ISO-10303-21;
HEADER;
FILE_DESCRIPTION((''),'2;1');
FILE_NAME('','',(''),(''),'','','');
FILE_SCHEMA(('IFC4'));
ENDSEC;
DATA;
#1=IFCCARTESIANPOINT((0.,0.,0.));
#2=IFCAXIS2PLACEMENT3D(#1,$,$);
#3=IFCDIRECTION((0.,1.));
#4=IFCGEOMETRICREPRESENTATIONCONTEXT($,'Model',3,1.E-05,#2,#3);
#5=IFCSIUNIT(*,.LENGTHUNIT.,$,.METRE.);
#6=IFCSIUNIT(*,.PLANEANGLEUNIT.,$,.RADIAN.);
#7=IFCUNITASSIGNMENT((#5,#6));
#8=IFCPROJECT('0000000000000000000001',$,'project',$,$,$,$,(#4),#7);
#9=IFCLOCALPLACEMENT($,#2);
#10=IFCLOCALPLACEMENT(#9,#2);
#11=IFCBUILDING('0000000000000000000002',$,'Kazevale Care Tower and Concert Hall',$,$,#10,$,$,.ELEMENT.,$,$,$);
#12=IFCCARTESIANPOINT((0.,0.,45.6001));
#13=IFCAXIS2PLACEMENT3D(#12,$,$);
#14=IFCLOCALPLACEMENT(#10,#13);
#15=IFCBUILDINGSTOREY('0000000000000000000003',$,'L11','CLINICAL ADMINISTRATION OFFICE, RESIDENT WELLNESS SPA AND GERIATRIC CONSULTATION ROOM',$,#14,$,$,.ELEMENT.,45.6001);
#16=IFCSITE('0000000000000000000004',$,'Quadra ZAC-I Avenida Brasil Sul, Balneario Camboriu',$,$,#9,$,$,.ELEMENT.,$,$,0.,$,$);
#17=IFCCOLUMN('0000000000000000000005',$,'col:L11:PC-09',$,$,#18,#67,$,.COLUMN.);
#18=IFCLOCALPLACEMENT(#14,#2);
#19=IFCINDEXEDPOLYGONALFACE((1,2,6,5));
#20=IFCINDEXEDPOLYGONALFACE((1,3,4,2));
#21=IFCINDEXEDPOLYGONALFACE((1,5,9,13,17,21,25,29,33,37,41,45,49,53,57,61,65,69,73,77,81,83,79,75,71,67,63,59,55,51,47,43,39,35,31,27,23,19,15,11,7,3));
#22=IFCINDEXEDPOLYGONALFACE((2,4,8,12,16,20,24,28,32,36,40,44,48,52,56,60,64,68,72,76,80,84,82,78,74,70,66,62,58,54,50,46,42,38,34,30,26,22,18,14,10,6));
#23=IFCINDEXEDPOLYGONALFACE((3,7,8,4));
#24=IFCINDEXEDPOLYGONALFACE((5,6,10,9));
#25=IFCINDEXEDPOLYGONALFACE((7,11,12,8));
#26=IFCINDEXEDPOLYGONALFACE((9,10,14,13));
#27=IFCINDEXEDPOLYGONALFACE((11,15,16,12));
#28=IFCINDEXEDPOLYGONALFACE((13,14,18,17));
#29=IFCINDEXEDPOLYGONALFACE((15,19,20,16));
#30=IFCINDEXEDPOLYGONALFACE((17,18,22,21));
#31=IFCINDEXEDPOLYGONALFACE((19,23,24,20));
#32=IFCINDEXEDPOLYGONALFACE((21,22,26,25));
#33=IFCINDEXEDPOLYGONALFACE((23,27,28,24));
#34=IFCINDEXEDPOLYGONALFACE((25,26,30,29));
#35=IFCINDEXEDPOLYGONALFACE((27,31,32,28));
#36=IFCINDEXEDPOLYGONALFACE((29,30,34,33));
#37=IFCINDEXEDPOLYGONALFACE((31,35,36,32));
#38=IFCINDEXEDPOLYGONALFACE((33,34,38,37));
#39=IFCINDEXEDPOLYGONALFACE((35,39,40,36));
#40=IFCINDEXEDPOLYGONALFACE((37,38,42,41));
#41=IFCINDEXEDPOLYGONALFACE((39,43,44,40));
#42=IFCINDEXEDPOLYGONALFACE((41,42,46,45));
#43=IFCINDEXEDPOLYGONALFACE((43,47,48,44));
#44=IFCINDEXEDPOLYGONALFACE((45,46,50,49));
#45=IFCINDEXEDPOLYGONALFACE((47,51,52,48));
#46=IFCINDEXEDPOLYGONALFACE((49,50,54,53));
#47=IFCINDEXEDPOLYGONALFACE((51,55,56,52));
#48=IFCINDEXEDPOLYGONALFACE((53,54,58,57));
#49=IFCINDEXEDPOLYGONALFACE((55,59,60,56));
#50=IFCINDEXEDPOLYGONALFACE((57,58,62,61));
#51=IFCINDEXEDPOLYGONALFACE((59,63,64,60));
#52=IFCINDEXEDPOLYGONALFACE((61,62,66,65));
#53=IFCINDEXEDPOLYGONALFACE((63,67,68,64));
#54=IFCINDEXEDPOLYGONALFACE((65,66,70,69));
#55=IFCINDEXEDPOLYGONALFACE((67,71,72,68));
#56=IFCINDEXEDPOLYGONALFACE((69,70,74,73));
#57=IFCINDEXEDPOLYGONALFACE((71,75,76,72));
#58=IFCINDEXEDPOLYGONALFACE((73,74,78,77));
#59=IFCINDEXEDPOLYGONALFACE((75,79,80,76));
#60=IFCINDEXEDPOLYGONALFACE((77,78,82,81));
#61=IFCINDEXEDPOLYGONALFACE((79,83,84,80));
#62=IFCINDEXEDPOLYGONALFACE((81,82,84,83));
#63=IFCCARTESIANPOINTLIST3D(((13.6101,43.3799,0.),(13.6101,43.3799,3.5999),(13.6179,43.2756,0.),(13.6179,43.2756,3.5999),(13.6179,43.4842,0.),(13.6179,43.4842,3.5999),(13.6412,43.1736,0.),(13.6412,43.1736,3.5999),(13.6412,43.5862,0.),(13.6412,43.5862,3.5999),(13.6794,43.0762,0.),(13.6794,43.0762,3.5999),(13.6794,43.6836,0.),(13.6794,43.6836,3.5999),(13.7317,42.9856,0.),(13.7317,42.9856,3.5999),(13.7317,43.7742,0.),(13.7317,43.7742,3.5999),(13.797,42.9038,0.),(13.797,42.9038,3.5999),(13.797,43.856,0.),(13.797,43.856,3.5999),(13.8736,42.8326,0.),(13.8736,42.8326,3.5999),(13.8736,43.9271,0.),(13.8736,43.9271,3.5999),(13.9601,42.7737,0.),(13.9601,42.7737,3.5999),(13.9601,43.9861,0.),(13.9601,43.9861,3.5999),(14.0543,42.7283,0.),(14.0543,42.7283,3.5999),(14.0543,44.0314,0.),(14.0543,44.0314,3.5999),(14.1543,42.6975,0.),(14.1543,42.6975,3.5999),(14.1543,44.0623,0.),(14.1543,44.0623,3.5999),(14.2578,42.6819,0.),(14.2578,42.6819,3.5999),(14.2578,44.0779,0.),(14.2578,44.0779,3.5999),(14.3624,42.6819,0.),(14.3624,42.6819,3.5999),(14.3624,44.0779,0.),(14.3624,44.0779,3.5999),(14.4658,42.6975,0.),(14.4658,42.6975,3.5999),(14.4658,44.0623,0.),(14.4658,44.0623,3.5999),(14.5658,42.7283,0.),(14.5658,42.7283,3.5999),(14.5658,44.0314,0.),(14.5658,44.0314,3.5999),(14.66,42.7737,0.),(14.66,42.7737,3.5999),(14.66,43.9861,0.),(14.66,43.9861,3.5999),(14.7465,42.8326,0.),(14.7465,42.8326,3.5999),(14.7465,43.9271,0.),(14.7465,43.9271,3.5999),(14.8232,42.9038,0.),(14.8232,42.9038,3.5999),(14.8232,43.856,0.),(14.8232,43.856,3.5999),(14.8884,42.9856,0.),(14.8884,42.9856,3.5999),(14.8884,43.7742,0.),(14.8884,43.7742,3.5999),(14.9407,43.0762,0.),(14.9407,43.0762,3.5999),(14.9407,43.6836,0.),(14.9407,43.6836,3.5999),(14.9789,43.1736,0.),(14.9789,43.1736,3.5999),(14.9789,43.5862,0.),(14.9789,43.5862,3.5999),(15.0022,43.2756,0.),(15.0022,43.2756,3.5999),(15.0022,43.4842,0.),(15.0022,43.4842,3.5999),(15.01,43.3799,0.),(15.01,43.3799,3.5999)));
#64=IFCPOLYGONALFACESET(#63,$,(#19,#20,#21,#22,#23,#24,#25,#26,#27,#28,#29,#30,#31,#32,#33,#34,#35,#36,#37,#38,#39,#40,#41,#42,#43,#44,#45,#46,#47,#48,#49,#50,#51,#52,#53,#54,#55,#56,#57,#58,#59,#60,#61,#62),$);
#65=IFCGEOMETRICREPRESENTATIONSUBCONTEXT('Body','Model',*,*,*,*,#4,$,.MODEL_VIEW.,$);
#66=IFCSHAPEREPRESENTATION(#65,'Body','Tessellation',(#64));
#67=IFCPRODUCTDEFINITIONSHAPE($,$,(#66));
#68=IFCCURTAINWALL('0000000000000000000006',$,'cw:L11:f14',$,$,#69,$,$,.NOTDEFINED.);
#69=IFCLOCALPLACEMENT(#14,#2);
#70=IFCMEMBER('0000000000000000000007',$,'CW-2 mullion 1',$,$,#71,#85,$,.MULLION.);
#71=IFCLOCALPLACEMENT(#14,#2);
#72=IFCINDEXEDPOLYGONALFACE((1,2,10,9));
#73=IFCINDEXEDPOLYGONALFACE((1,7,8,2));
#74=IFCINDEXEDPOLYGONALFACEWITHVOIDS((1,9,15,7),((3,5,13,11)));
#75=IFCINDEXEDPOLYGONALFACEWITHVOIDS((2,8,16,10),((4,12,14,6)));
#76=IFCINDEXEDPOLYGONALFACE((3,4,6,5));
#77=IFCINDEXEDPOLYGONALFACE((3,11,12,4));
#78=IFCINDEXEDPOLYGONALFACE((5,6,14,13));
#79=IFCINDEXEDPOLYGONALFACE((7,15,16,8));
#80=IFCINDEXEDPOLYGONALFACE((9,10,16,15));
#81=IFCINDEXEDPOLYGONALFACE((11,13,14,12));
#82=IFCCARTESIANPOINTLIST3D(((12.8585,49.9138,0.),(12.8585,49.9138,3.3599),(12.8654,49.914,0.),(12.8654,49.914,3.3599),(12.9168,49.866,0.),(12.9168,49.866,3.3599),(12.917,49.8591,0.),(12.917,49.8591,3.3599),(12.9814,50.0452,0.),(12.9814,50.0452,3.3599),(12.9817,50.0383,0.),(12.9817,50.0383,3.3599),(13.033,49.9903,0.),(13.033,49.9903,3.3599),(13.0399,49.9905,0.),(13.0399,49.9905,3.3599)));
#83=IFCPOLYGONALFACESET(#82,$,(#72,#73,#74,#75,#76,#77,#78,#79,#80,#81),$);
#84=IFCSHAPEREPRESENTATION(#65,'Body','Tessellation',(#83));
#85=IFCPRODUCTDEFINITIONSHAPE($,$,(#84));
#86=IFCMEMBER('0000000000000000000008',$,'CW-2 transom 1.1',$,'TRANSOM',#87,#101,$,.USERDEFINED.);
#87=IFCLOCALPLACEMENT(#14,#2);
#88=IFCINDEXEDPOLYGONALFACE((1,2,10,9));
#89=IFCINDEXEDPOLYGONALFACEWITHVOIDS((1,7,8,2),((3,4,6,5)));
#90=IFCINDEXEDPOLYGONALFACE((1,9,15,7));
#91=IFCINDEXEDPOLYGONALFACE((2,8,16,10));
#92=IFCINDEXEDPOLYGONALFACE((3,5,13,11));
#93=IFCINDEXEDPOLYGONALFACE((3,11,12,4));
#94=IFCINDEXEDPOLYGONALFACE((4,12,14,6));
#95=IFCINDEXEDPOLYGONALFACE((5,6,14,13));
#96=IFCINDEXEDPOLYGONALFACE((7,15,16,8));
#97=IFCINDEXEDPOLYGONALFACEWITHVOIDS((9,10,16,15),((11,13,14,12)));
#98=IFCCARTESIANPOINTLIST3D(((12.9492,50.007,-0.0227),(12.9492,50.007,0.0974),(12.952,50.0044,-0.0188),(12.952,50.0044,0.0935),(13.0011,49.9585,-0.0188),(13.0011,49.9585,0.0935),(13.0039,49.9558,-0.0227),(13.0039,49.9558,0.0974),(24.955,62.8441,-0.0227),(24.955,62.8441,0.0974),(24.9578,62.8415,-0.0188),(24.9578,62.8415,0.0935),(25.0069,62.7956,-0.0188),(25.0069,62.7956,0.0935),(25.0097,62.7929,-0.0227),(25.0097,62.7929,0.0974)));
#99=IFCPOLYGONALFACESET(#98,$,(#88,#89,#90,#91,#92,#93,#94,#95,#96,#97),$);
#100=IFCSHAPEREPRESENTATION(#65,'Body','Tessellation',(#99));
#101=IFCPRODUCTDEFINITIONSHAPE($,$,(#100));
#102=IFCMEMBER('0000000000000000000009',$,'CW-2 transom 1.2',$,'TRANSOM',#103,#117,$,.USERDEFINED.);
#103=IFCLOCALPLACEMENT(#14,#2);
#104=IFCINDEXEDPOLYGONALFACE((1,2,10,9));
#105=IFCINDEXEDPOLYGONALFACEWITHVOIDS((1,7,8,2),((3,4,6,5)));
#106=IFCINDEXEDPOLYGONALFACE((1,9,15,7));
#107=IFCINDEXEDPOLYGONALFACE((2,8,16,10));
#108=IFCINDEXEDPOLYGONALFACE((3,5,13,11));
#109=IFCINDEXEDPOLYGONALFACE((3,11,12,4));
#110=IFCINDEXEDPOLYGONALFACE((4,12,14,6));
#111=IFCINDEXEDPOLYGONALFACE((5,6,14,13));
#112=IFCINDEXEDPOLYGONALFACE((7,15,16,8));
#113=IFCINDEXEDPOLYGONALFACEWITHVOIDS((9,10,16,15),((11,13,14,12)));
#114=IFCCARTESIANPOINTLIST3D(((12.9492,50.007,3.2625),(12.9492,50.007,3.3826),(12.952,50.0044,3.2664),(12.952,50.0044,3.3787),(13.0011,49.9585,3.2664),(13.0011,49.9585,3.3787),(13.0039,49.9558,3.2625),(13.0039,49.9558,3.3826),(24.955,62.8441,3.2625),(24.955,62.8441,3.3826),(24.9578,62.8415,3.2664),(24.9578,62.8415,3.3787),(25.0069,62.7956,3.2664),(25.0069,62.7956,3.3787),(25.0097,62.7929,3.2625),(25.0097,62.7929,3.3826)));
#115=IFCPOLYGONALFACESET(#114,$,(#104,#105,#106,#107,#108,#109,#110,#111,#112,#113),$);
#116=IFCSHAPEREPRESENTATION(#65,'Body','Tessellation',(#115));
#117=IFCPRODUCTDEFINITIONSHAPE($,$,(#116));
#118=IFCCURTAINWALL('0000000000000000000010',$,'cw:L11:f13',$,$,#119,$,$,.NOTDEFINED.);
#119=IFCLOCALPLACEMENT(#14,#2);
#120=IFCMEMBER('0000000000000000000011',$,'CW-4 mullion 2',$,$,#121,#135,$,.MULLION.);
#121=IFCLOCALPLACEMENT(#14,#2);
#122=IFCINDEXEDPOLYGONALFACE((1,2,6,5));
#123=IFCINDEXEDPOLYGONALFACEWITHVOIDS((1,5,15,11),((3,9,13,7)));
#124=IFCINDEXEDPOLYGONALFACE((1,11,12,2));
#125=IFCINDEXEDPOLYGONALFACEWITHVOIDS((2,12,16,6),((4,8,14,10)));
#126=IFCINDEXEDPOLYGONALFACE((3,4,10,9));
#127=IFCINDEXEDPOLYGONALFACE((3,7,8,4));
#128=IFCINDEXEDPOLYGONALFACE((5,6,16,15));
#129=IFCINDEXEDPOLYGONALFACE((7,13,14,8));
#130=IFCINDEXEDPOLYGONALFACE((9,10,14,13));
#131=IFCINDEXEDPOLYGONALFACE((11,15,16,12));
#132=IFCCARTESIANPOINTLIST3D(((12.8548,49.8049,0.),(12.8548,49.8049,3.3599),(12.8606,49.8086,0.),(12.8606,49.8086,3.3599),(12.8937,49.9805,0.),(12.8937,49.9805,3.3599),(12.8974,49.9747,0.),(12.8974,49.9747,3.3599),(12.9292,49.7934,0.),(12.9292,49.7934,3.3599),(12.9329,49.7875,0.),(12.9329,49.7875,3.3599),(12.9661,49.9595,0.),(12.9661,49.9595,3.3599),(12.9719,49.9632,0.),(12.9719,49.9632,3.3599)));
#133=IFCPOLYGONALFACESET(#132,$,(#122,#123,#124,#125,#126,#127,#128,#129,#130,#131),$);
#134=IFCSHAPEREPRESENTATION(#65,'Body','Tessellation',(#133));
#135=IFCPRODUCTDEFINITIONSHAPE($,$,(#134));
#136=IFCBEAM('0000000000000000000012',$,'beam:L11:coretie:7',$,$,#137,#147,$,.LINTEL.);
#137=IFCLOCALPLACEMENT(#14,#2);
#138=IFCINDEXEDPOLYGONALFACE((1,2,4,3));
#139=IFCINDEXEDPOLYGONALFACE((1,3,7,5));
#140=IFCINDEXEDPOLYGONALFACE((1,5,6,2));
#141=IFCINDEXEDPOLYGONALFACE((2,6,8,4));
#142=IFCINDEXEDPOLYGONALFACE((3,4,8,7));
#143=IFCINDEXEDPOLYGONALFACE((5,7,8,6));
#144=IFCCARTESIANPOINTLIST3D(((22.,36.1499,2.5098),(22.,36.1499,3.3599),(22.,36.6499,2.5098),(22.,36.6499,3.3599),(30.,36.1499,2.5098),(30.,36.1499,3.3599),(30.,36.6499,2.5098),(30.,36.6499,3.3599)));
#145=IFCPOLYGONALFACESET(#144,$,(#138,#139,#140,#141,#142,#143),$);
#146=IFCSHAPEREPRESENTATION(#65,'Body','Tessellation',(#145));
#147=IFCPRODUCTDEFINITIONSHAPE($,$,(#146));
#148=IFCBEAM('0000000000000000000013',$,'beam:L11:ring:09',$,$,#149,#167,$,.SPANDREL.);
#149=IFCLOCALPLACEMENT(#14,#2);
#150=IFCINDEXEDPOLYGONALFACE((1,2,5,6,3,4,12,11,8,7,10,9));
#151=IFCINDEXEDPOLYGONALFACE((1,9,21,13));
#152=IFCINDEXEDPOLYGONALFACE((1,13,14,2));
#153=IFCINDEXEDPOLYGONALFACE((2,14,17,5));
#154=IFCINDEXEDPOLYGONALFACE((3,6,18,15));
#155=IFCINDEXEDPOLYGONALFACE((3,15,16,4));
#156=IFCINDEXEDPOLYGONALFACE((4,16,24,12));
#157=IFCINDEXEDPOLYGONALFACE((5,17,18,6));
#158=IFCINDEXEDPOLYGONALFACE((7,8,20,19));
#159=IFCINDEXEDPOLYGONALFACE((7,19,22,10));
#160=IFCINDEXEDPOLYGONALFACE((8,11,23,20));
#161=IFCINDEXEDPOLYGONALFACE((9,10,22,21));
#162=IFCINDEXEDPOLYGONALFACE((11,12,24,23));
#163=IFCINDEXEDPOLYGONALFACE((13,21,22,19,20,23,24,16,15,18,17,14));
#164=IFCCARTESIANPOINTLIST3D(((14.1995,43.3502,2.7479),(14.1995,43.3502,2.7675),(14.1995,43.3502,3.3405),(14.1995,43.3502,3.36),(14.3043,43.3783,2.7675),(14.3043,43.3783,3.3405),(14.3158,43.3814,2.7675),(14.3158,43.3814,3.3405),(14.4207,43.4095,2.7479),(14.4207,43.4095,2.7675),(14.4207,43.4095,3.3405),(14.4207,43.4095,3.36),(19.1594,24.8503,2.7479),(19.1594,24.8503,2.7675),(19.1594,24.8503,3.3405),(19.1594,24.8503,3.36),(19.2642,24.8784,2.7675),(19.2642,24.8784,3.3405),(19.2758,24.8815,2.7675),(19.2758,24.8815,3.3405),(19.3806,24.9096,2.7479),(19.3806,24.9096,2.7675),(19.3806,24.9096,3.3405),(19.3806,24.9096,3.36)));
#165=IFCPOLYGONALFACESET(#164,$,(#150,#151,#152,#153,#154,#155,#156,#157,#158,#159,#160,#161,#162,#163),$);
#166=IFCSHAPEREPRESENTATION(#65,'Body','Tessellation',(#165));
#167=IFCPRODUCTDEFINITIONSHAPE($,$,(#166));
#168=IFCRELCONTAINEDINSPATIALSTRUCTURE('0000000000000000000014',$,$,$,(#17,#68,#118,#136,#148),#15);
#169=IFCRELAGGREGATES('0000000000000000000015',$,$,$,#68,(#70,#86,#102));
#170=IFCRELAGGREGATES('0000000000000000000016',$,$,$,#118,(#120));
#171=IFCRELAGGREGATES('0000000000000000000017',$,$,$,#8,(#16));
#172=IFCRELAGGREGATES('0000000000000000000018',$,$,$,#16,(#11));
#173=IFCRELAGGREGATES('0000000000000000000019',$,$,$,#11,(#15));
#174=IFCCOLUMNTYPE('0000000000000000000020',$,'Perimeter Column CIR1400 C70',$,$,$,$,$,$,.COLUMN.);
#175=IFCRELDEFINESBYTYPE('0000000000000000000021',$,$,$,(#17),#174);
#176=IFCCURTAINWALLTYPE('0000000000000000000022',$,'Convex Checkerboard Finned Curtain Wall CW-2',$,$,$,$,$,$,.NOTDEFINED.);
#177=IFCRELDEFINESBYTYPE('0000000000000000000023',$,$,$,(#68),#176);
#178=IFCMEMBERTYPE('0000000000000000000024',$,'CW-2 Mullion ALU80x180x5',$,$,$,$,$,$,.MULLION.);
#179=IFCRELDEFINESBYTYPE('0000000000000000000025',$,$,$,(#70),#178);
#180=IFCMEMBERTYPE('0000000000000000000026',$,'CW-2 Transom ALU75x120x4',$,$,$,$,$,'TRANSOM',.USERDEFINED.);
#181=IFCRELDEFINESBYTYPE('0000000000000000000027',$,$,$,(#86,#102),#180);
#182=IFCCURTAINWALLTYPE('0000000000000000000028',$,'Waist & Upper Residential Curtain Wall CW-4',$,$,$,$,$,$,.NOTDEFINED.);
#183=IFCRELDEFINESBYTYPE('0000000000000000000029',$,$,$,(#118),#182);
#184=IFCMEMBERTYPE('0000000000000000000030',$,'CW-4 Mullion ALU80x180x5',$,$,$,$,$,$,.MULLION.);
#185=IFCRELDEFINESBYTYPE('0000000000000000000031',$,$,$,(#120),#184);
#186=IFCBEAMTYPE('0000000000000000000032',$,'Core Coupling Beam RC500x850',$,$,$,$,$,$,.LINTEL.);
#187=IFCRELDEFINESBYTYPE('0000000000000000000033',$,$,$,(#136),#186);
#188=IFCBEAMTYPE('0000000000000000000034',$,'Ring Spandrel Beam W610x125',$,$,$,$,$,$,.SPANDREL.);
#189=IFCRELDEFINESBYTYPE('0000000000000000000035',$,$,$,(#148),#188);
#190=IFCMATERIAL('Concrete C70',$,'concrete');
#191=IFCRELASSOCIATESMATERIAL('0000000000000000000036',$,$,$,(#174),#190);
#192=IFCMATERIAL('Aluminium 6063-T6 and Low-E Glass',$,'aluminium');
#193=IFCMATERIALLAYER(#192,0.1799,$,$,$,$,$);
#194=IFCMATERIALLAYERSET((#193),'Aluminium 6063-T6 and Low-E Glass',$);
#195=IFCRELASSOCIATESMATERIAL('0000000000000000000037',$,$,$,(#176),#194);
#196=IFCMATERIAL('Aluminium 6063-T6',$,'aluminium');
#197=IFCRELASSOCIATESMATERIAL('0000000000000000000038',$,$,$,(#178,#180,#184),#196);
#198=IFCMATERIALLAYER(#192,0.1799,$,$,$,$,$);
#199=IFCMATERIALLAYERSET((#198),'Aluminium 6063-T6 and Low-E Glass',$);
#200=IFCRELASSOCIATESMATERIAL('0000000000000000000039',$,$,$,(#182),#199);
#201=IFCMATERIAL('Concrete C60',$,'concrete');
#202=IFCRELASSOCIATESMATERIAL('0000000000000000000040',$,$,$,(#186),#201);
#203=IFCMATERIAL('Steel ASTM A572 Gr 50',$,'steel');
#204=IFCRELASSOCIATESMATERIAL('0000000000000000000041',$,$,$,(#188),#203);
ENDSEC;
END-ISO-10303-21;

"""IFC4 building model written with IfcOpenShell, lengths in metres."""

from ifc_helpers import new_model, si_unit, direction, frame, origin, origin_2d, place, context, subcontext, project, spatial, rectangle, hollow_rectangle, circle, i_section, extrude, material, layer, layer_set, material_profile, profile_set, type_object, element, aggregate, save


model = new_model("IFC4")

# Units and contexts
model_context = context("Model", 3, precision=1e-05, world=origin(), true_north=direction((0.0, 1.0)))
body_context = subcontext(model_context, "Body", "Model", "MODEL_VIEW")
ifc_project = project(units=[si_unit("LENGTHUNIT", "METRE"), si_unit("PLANEANGLEUNIT", "RADIAN")], contexts=[model_context])

# Site, building, storey
site_placement = place(None, origin())
site = spatial("IfcSite", under=ifc_project, at=site_placement, Name="Quadra ZAC-I Avenida Brasil Sul, Balneario Camboriu", CompositionType="ELEMENT", RefElevation=0.0)
building_placement = place(site_placement, origin())
building = spatial("IfcBuilding", under=site, at=building_placement, Name="Kazevale Care Tower and Concert Hall", CompositionType="ELEMENT")
storey_placement = place(building_placement, frame((0.0, 0.0, 45.6001)))
storey = spatial("IfcBuildingStorey", under=building, at=storey_placement, Name="L11", Description="CLINICAL ADMINISTRATION OFFICE, RESIDENT WELLNESS SPA AND GERIATRIC CONSULTATION ROOM", CompositionType="ELEMENT", Elevation=45.6001)

# Column
ifc_material_1 = material(Name="Concrete C70", Category="concrete")
ifc_material_profile_1 = material_profile(ifc_material_1, circle(Radius=0.7, at=origin_2d()), Name="RC-CIR1400")
ifc_profile_set_1 = profile_set([ifc_material_profile_1], Name="Concrete C70")
column_type = type_object("IfcColumnType", Name="Perimeter Column CIR1400 C70", PredefinedType="COLUMN", material=ifc_profile_set_1)
column_placement = place(storey_placement, frame((14.3101, 43.3799, 0.0), z_axis=(0.0, 0.0, 1.0), x_axis=(1.0, 0.0, 0.0)))
element("IfcColumn", 1, at=column_placement, inside=storey, type_object=column_type, Name="col:L11:PC-09", PredefinedType="COLUMN", context=body_context, shape_type="SweptSolid", body=[
    extrude(circle(Radius=0.7, at=origin_2d()), origin(), (0.0, 0.0, 1.0), 3.5999),
])

# Curtain wall, members
ifc_material_2 = material(Name="Aluminium 6063-T6 and Low-E Glass", Category="aluminium")
ifc_layer_1 = layer(ifc_material_2, 0.1799)
ifc_layer_set_1 = layer_set([ifc_layer_1], Name="Aluminium 6063-T6 and Low-E Glass")
curtain_wall_type_1 = type_object("IfcCurtainWallType", Name="Convex Checkerboard Finned Curtain Wall CW-2", PredefinedType="NOTDEFINED", material=ifc_layer_set_1)
curtain_wall_1_placement = place(storey_placement, origin())
curtain_wall_1 = element("IfcCurtainWall", 2, at=curtain_wall_1_placement, inside=storey, type_object=curtain_wall_type_1, Name="cw:L11:f14", PredefinedType="NOTDEFINED")
ifc_material_3 = material(Name="Aluminium 6063-T6", Category="aluminium")
ifc_material_profile_2 = material_profile(ifc_material_3, hollow_rectangle(XDim=0.0801, YDim=0.1799, WallThickness=0.0049, at=origin_2d()), Name="ALU80x180x5")
ifc_profile_set_2 = profile_set([ifc_material_profile_2], Name="Aluminium 6063-T6")
member_type_1 = type_object("IfcMemberType", Name="CW-2 Mullion ALU80x180x5", PredefinedType="MULLION", material=ifc_profile_set_2)
member_1_placement = place(storey_placement, frame((12.9492, 49.9521, 0.0), z_axis=(0.0, 0.0, 1.0), x_axis=(-0.730363, 0.683059, 0.0)))
member_1 = element("IfcMember", 3, at=member_1_placement, type_object=member_type_1, Name="CW-2 mullion 1", PredefinedType="MULLION", context=body_context, shape_type="SweptSolid", body=[
    extrude(hollow_rectangle(XDim=0.0801, YDim=0.1799, WallThickness=0.0049, at=origin_2d()), origin(), (0.0, 0.0, 1.0), 3.3599),
])
ifc_material_profile_3 = material_profile(ifc_material_3, hollow_rectangle(XDim=0.075, YDim=0.1201, WallThickness=0.0039, at=origin_2d()), Name="ALU75x120x4")
ifc_profile_set_3 = profile_set([ifc_material_profile_3], Name="Aluminium 6063-T6")
member_type_2 = type_object("IfcMemberType", Name="CW-2 Transom ALU75x120x4", ElementType="TRANSOM", PredefinedType="USERDEFINED", material=ifc_profile_set_3)
member_2_placement = place(storey_placement, frame((12.9766, 49.9814, 0.0374), z_axis=(0.683063, 0.730359, 0.0), x_axis=(-0.730359, 0.683063, 0.0)))
member_2 = element("IfcMember", 4, at=member_2_placement, type_object=member_type_2, Name="CW-2 transom 1.1", ObjectType="TRANSOM", PredefinedType="USERDEFINED", context=body_context, shape_type="SweptSolid", body=[
    extrude(hollow_rectangle(XDim=0.075, YDim=0.1201, WallThickness=0.0039, at=origin_2d()), origin(), (0.0, 0.0, 1.0), 17.5764),
])
member_3_placement = place(storey_placement, frame((12.9766, 49.9814, 3.3225), z_axis=(0.683063, 0.730359, 0.0), x_axis=(-0.730359, 0.683063, 0.0)))
member_3 = element("IfcMember", 5, at=member_3_placement, type_object=member_type_2, Name="CW-2 transom 1.2", ObjectType="TRANSOM", PredefinedType="USERDEFINED", context=body_context, shape_type="SweptSolid", body=[
    extrude(hollow_rectangle(XDim=0.075, YDim=0.1201, WallThickness=0.0039, at=origin_2d()), origin(), (0.0, 0.0, 1.0), 17.5764),
])
aggregate(curtain_wall_1, [member_1, member_2, member_3])

# Curtain wall, member
ifc_layer_2 = layer(ifc_material_2, 0.1799)
ifc_layer_set_2 = layer_set([ifc_layer_2], Name="Aluminium 6063-T6 and Low-E Glass")
curtain_wall_type_2 = type_object("IfcCurtainWallType", Name="Waist & Upper Residential Curtain Wall CW-4", PredefinedType="NOTDEFINED", material=ifc_layer_set_2)
curtain_wall_2_placement = place(storey_placement, origin())
curtain_wall_2 = element("IfcCurtainWall", 6, at=curtain_wall_2_placement, inside=storey, type_object=curtain_wall_type_2, Name="cw:L11:f13", PredefinedType="NOTDEFINED")
ifc_material_profile_4 = material_profile(ifc_material_3, hollow_rectangle(XDim=0.0801, YDim=0.1799, WallThickness=0.0049, at=origin_2d()), Name="ALU80x180x5")
ifc_profile_set_4 = profile_set([ifc_material_profile_4], Name="Aluminium 6063-T6")
member_type_3 = type_object("IfcMemberType", Name="CW-4 Mullion ALU80x180x5", PredefinedType="MULLION", material=ifc_profile_set_4)
member_4_placement = place(storey_placement, frame((12.9133, 49.884, 0.0), z_axis=(0.0, 0.0, 1.0), x_axis=(-0.976291, 0.216461, 0.0)))
member_4 = element("IfcMember", 7, at=member_4_placement, type_object=member_type_3, Name="CW-4 mullion 2", PredefinedType="MULLION", context=body_context, shape_type="SweptSolid", body=[
    extrude(hollow_rectangle(XDim=0.0801, YDim=0.1799, WallThickness=0.0049, at=origin_2d()), origin(), (0.0, 0.0, 1.0), 3.3599),
])

# Beams
ifc_material_4 = material(Name="Concrete C60", Category="concrete")
ifc_material_profile_5 = material_profile(ifc_material_4, rectangle(XDim=0.5, YDim=0.8501, at=origin_2d()), Name="RC-B500x850")
ifc_profile_set_5 = profile_set([ifc_material_profile_5], Name="Concrete C60")
beam_type_1 = type_object("IfcBeamType", Name="Core Coupling Beam RC500x850", PredefinedType="LINTEL", material=ifc_profile_set_5)
beam_1_placement = place(storey_placement, frame((30.0, 36.3999, 2.9348), z_axis=(-1.0, 0.0, 0.0), x_axis=(0.0, -1.0, 0.0)))
element("IfcBeam", 8, at=beam_1_placement, inside=storey, type_object=beam_type_1, Name="beam:L11:coretie:7", PredefinedType="LINTEL", context=body_context, shape_type="SweptSolid", body=[
    extrude(rectangle(XDim=0.5, YDim=0.8501, at=origin_2d()), origin(), (0.0, 0.0, 1.0), 8.0),
])
ifc_material_5 = material(Name="Steel ASTM A572 Gr 50", Category="steel")
ifc_material_profile_6 = material_profile(ifc_material_5, i_section(OverallWidth=0.229, OverallDepth=0.6121, WebThickness=0.012, FlangeThickness=0.0195, at=origin_2d()), Name="W610x125")
ifc_profile_set_6 = profile_set([ifc_material_profile_6], Name="Steel ASTM A572 Gr 50")
beam_type_2 = type_object("IfcBeamType", Name="Ring Spandrel Beam W610x125", PredefinedType="SPANDREL", material=ifc_profile_set_6)
beam_2_placement = place(storey_placement, frame((14.3101, 43.3799, 3.054), z_axis=(0.25896, -0.965888, 0.0), x_axis=(0.965888, 0.25896, 0.0)))
element("IfcBeam", 9, at=beam_2_placement, inside=storey, type_object=beam_type_2, Name="beam:L11:ring:09", PredefinedType="SPANDREL", context=body_context, shape_type="SweptSolid", body=[
    extrude(i_section(OverallWidth=0.229, OverallDepth=0.6121, WebThickness=0.012, FlangeThickness=0.0195, at=origin_2d()), origin(), (0.0, 0.0, 1.0), 19.1533),
])

aggregate(curtain_wall_2, [member_4])

save(model, "model.ifc")
